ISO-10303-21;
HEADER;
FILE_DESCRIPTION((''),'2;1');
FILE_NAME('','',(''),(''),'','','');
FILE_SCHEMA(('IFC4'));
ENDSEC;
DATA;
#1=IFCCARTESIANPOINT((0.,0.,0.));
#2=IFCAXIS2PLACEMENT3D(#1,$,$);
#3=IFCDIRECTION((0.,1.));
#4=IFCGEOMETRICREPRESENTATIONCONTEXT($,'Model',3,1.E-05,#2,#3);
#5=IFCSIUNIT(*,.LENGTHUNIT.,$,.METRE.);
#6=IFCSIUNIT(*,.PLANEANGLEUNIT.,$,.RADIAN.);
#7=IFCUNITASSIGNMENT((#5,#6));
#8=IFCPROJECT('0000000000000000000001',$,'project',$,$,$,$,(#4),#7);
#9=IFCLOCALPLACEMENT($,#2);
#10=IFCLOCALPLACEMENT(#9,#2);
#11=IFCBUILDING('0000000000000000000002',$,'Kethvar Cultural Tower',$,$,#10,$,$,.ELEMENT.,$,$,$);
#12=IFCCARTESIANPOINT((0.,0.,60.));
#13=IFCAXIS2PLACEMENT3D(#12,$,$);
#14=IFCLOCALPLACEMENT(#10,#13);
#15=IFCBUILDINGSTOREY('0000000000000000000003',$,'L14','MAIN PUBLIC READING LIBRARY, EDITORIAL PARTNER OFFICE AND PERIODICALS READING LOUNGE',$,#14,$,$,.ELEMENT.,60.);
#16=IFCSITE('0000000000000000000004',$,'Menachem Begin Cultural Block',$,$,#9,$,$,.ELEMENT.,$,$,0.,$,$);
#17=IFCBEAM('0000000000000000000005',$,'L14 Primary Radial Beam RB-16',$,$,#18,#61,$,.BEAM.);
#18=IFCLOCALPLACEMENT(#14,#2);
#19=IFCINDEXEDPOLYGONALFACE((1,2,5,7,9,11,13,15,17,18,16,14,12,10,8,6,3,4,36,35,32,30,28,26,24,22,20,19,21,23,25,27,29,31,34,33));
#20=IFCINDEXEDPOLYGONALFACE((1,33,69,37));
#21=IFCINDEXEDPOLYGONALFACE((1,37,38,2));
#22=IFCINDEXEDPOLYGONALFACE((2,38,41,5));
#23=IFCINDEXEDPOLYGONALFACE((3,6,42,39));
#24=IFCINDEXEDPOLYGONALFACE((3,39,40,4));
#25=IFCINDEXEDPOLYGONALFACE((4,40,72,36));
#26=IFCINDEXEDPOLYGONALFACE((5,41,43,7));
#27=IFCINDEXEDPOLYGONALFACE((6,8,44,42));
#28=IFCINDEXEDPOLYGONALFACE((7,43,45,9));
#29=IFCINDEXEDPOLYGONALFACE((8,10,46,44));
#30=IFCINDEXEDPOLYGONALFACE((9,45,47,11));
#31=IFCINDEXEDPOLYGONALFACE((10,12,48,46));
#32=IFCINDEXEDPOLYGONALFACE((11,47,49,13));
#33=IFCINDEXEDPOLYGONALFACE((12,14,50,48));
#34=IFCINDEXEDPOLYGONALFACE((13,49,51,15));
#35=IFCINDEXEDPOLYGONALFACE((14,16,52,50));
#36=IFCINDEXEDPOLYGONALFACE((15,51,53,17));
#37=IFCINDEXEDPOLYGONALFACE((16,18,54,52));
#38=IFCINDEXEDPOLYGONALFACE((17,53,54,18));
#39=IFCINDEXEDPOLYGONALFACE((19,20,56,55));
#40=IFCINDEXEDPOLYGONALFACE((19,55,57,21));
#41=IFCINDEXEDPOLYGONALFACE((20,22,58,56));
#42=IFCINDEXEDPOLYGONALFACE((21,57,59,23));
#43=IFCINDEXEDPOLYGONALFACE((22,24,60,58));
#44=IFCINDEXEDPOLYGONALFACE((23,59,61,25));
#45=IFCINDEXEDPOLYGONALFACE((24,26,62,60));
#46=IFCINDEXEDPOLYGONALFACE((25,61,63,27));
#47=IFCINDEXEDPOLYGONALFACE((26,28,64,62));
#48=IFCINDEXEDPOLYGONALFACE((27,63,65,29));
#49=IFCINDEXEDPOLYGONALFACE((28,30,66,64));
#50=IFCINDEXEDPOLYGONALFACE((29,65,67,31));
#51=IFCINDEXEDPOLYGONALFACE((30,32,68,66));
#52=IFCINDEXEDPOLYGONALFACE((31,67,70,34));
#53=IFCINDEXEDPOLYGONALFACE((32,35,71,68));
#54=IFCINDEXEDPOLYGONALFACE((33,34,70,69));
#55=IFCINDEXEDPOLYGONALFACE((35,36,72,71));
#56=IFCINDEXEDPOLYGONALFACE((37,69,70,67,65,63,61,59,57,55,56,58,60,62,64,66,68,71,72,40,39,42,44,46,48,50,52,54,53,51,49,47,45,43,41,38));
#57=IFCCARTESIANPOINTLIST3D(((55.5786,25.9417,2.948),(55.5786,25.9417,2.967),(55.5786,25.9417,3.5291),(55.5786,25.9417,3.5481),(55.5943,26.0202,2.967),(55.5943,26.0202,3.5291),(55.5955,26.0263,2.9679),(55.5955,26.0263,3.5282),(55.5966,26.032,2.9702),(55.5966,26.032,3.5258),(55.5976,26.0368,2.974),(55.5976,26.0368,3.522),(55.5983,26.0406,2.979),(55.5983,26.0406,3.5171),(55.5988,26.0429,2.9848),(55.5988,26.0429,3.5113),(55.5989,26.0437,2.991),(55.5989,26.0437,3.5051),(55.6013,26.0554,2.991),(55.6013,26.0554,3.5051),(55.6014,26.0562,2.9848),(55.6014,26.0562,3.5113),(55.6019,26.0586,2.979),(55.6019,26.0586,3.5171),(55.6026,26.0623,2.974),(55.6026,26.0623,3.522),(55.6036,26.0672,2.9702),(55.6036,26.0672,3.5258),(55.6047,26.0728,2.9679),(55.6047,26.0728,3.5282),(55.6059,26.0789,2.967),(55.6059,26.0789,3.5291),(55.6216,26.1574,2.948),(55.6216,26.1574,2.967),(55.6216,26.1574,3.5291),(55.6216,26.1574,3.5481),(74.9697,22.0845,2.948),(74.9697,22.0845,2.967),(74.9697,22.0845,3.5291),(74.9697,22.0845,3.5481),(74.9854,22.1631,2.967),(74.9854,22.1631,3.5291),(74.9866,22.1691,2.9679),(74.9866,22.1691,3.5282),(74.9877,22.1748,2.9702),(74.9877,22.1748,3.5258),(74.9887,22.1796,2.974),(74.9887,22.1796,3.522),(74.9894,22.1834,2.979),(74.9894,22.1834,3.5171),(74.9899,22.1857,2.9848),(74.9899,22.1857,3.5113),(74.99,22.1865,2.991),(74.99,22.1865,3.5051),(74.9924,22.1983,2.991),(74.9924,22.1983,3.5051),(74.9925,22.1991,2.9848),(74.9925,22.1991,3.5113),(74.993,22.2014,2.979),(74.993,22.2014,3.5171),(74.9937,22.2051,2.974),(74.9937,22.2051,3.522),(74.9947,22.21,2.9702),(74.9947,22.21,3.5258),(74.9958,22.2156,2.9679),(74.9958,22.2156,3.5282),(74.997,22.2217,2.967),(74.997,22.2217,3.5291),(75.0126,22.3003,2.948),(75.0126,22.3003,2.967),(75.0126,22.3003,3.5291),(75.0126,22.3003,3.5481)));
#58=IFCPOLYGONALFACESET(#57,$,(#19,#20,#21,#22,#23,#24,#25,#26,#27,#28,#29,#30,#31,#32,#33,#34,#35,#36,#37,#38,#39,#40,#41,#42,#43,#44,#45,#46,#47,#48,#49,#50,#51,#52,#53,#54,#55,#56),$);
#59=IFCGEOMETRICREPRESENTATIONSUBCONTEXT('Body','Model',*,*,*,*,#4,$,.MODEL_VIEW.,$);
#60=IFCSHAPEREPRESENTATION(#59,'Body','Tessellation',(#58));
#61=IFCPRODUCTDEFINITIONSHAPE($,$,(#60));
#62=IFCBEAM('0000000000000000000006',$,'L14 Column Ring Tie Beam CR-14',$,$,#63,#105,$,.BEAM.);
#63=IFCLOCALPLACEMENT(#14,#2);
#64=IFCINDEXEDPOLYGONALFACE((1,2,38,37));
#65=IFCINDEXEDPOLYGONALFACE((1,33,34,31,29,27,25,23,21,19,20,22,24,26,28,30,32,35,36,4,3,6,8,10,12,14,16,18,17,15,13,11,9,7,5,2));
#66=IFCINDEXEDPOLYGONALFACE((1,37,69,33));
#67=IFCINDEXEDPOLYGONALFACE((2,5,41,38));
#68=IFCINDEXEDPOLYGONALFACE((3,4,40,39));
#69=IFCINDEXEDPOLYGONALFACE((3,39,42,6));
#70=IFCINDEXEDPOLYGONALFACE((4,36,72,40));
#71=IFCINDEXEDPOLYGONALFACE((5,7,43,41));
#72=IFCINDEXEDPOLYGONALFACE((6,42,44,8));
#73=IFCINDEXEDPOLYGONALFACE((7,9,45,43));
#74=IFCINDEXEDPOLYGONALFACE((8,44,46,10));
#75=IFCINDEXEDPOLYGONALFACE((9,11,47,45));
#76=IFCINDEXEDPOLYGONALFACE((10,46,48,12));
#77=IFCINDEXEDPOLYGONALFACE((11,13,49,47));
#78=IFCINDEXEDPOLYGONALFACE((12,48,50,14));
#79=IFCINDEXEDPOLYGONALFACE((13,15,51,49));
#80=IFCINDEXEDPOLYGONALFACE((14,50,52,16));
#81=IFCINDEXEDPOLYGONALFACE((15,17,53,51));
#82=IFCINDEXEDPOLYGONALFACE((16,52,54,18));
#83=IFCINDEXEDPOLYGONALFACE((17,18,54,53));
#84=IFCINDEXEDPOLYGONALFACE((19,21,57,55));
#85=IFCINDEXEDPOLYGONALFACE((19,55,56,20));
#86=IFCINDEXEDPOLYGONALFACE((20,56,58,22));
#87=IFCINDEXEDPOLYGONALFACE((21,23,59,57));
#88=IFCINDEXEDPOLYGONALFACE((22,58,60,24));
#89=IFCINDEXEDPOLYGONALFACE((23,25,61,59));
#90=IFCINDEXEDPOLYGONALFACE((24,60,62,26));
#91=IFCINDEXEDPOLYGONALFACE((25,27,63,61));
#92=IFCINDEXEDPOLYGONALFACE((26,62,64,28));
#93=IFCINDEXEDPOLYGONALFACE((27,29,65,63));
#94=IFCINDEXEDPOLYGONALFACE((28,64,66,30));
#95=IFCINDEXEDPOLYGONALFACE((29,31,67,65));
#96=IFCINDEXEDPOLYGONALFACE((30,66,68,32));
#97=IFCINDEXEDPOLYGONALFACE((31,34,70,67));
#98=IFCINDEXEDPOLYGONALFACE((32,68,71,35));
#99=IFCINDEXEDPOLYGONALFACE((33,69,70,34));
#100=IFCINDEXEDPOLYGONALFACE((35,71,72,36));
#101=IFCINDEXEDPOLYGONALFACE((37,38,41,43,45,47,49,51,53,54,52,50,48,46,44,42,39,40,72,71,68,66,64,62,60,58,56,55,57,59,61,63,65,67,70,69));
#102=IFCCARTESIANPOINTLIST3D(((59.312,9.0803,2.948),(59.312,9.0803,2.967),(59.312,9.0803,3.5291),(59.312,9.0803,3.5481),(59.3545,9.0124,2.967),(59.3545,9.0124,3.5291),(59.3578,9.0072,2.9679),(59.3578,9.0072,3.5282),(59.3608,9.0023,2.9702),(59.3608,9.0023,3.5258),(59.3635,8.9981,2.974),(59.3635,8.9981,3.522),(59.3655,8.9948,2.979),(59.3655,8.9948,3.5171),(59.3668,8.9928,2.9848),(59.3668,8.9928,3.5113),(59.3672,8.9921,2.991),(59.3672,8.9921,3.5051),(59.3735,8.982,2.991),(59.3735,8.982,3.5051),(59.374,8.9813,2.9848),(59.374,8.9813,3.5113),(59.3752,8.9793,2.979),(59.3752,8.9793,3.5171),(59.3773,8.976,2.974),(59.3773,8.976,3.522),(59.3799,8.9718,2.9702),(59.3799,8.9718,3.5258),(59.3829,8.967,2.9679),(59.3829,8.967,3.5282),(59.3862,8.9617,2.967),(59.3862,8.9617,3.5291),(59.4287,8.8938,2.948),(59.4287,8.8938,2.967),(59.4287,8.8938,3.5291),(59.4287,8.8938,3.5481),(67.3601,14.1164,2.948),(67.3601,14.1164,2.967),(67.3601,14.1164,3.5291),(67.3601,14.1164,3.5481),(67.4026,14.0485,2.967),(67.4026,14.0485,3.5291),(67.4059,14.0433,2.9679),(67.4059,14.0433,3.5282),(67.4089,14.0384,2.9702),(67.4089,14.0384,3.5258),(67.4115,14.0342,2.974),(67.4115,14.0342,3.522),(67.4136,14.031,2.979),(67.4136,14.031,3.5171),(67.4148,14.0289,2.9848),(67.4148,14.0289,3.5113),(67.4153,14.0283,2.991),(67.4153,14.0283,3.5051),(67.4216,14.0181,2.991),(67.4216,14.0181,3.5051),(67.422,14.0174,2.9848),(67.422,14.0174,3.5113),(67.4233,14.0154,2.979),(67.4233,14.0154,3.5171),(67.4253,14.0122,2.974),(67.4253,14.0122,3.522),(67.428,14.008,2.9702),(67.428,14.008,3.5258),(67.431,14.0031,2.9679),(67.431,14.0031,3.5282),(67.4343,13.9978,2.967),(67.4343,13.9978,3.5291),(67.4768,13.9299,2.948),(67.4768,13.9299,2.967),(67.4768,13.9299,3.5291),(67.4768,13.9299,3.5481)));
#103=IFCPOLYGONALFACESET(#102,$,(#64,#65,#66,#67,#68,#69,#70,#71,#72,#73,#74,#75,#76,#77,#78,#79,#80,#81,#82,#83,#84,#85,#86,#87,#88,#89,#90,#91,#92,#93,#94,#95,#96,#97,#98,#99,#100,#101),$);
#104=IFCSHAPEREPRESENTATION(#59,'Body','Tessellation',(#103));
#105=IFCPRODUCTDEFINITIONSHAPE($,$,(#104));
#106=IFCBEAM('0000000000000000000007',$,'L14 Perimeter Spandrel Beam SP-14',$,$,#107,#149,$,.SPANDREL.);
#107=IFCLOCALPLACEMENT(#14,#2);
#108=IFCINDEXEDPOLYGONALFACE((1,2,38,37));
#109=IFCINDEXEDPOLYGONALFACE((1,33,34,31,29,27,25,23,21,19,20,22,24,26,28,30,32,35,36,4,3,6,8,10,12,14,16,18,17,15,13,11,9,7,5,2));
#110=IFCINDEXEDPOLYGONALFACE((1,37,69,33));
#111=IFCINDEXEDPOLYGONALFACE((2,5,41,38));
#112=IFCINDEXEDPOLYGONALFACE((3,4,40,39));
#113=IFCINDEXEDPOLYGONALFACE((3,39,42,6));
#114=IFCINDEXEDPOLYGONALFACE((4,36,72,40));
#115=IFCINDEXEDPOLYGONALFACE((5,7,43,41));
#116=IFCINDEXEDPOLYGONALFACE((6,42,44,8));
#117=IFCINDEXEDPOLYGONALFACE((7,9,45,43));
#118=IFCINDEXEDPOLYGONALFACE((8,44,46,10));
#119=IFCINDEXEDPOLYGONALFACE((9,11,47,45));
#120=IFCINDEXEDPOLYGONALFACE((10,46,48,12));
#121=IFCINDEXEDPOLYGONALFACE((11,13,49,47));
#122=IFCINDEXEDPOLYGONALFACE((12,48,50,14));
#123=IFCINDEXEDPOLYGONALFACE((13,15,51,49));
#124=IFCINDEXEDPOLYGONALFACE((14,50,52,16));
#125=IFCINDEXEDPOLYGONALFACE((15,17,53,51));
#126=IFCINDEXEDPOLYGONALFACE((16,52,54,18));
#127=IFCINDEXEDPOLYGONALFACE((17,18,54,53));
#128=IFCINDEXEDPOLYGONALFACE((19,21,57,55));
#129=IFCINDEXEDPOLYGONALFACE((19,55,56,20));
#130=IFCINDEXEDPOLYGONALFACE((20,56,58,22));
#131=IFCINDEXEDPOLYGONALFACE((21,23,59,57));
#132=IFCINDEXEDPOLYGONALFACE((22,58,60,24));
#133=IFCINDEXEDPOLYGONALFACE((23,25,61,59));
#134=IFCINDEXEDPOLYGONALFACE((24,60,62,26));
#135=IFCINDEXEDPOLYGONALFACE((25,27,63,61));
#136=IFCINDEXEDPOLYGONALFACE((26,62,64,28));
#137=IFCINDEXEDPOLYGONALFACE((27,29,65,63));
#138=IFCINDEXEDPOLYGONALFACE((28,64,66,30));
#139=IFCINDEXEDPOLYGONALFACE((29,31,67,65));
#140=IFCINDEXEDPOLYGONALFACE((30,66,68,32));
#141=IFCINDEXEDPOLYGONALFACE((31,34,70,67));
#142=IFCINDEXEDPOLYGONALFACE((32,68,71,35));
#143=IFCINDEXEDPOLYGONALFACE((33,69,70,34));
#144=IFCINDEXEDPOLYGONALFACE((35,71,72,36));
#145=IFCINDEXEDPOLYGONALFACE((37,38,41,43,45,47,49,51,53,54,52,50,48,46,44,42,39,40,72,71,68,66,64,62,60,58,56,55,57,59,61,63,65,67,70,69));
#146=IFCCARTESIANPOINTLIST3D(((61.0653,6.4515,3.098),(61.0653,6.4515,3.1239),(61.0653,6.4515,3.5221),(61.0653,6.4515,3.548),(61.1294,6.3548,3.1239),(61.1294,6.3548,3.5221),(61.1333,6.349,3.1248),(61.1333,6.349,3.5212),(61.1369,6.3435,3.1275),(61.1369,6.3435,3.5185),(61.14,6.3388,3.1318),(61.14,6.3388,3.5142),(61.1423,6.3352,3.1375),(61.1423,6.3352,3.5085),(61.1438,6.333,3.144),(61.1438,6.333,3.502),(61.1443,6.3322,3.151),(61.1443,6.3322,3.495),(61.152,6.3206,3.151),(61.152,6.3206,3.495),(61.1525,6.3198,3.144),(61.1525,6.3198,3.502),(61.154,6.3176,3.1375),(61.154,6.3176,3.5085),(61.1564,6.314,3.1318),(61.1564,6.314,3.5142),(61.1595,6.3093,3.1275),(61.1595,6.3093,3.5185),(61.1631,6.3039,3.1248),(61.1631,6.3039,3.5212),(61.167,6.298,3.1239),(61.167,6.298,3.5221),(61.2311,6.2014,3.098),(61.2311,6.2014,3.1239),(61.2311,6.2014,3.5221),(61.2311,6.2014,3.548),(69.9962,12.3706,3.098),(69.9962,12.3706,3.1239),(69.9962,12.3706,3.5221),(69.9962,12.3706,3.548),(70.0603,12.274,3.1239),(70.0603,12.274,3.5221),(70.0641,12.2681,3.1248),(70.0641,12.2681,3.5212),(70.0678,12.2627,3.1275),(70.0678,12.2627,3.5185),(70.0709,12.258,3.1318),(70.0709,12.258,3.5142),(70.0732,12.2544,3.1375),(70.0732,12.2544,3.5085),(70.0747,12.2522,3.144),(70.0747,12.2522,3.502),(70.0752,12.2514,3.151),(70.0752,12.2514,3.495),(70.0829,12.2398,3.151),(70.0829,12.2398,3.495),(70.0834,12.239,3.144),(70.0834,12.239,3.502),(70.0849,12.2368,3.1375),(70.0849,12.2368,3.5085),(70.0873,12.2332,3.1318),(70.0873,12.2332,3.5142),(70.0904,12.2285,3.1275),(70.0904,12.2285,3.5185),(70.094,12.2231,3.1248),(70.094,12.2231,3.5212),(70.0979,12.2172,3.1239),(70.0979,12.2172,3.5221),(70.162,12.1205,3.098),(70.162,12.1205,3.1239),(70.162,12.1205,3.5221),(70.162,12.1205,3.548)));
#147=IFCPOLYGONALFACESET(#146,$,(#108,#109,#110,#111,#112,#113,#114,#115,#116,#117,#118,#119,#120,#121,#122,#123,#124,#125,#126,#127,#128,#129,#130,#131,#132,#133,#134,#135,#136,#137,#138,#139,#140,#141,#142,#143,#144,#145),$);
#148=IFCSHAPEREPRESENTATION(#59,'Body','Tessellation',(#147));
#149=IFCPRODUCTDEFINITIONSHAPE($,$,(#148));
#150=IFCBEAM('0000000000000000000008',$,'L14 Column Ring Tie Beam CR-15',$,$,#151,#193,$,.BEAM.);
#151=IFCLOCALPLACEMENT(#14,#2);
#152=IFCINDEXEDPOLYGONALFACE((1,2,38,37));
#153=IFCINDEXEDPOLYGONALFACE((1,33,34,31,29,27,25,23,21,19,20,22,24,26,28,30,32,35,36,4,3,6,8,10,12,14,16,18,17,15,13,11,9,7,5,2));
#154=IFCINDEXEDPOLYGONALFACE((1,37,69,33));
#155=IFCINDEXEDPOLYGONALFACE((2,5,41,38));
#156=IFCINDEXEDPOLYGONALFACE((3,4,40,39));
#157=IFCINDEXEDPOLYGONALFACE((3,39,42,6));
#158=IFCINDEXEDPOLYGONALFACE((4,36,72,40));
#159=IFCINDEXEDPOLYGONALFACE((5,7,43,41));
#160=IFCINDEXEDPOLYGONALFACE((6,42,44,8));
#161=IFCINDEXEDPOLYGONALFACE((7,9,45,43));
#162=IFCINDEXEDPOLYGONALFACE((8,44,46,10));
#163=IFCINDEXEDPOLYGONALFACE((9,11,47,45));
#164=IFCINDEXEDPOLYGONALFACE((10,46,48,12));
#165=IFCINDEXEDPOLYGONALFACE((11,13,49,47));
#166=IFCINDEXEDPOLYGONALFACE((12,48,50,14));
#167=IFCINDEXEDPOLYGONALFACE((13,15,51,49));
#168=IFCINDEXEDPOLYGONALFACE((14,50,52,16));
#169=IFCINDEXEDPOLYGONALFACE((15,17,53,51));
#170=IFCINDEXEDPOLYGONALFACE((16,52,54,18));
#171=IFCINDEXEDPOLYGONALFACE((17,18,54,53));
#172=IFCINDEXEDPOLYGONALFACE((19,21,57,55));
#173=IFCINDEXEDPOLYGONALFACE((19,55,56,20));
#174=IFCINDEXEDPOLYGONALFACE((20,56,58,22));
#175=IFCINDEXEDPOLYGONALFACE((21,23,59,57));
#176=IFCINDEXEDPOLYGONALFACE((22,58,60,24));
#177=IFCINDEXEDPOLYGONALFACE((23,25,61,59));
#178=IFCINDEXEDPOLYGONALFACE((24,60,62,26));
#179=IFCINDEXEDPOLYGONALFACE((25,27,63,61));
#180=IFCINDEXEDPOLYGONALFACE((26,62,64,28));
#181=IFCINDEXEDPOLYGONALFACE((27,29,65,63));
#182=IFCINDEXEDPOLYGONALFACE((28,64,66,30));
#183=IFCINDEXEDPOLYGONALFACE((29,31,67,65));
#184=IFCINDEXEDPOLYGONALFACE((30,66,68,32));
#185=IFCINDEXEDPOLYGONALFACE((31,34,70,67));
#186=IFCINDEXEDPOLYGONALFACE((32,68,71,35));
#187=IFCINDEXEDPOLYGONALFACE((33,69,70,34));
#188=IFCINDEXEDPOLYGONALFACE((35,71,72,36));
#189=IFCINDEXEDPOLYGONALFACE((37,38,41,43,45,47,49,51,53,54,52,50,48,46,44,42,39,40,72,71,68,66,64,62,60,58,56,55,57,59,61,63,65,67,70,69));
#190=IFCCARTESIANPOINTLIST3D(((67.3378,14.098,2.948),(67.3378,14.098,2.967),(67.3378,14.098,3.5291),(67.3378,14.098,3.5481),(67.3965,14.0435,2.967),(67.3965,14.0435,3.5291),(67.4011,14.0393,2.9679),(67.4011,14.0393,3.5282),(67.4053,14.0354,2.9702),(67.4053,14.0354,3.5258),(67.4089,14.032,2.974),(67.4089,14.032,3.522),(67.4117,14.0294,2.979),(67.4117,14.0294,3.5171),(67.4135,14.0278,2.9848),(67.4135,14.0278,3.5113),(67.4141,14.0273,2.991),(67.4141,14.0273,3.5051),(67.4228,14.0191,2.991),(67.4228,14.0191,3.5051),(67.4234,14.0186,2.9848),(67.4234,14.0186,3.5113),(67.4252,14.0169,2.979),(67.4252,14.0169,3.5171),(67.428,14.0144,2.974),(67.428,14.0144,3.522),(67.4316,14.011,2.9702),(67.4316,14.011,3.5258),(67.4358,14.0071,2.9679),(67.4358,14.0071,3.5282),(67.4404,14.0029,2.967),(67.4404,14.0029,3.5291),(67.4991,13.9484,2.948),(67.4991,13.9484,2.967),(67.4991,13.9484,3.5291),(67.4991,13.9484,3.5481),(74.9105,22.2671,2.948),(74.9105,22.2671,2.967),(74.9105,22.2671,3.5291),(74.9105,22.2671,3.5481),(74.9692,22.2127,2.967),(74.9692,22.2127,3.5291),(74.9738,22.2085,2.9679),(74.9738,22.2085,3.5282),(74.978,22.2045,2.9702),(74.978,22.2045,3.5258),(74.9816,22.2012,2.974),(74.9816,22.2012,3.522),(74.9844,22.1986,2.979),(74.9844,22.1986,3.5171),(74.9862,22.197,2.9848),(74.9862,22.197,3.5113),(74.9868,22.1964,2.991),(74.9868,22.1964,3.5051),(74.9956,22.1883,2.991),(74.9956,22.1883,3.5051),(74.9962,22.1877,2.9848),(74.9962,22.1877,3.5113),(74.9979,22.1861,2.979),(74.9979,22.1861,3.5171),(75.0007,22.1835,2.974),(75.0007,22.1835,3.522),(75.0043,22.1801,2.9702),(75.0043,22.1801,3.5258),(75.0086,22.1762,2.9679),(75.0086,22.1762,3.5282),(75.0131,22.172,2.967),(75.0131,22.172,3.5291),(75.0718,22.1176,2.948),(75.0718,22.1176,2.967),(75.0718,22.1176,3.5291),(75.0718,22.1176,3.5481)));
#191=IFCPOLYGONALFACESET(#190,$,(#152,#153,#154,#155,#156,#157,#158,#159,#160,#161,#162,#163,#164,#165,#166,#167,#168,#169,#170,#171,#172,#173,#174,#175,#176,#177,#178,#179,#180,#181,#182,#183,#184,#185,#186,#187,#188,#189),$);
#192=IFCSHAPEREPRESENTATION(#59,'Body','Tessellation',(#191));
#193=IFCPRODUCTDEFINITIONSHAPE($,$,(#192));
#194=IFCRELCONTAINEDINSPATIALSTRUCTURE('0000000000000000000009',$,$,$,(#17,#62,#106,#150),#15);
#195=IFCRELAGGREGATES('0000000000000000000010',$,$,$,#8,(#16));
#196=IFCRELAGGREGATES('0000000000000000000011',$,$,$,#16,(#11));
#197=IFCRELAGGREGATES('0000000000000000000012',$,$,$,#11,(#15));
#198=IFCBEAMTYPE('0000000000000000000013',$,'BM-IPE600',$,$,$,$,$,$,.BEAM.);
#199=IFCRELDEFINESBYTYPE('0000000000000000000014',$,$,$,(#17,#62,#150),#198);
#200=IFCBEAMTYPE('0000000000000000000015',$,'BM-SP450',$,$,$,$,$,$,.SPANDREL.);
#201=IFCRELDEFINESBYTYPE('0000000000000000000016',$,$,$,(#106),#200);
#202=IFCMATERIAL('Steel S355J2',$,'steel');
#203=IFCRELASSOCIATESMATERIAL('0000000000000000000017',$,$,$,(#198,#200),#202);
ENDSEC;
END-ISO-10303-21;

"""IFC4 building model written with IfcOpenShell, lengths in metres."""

from ifc_helpers import new_model, si_unit, direction, frame, origin, origin_2d, place, context, subcontext, project, spatial, i_section, extrude, source, transform, mapped, material, material_profile, profile_set, type_object, element, save


model = new_model("IFC4")

# Units and contexts
model_context = context("Model", 3, precision=1e-05, world=origin(), true_north=direction((0.0, 1.0)))
body_context = subcontext(model_context, "Body", "Model", "MODEL_VIEW")
ifc_project = project(units=[si_unit("LENGTHUNIT", "METRE"), si_unit("PLANEANGLEUNIT", "RADIAN")], contexts=[model_context])

# Site, building, storey
site_placement = place(None, origin())
site = spatial("IfcSite", under=ifc_project, at=site_placement, Name="Menachem Begin Cultural Block", CompositionType="ELEMENT", RefElevation=0.0)
building_placement = place(site_placement, origin())
building = spatial("IfcBuilding", under=site, at=building_placement, Name="Kethvar Cultural Tower", CompositionType="ELEMENT")
storey_placement = place(building_placement, frame((0.0, 0.0, 60.0)))
storey = spatial("IfcBuildingStorey", under=building, at=storey_placement, Name="L14", Description="MAIN PUBLIC READING LIBRARY, EDITORIAL PARTNER OFFICE AND PERIODICALS READING LOUNGE", CompositionType="ELEMENT", Elevation=60.0)

# Beams
ifc_material_1 = material(Name="Steel S355J2", Category="steel")
ifc_material_profile_1 = material_profile(ifc_material_1, i_section(OverallWidth=0.22, OverallDepth=0.6001, WebThickness=0.012, FlangeThickness=0.019, FilletRadius=0.0239, at=origin_2d()), Name="Steel S355J2 — IPE600")
ifc_profile_set_1 = profile_set([ifc_material_profile_1], Name="Steel S355J2 — IPE600")
beam_type_1 = type_object("IfcBeamType", Name="BM-IPE600", PredefinedType="BEAM", material=ifc_profile_set_1)
shared_shape_1 = source(origin(), body_context, "Body", "SweptSolid", [
    extrude(i_section(OverallWidth=0.22, OverallDepth=0.6001, WebThickness=0.012, FlangeThickness=0.019, FilletRadius=0.0239, at=origin_2d()), origin(), (0.0, 0.0, 1.0), 19.771),
])
beam_1_placement = place(storey_placement, frame((55.6001, 26.0496, 3.248), z_axis=(0.980785, -0.195093, 0.0), x_axis=(0.195093, 0.980785, 0.0)))
element("IfcBeam", 1, at=beam_1_placement, inside=storey, type_object=beam_type_1, Name="L14 Primary Radial Beam RB-16", PredefinedType="BEAM", context=body_context, shape_type="MappedRepresentation", body=[
    mapped(shared_shape_1, transform((0.0, 0.0, 0.0), scale=1.0)),
])
shared_shape_2 = source(origin(), body_context, "Body", "SweptSolid", [
    extrude(i_section(OverallWidth=0.22, OverallDepth=0.6001, WebThickness=0.012, FlangeThickness=0.019, FilletRadius=0.0239, at=origin_2d()), origin(), (0.0, 0.0, 1.0), 9.4939),
])
beam_2_placement = place(storey_placement, frame((59.3704, 8.9871, 3.248), z_axis=(0.847711, 0.530459, 0.0), x_axis=(-0.530459, 0.847711, 0.0)))
element("IfcBeam", 2, at=beam_2_placement, inside=storey, type_object=beam_type_1, Name="L14 Column Ring Tie Beam CR-14", PredefinedType="BEAM", context=body_context, shape_type="MappedRepresentation", body=[
    mapped(shared_shape_2, transform((0.0, 0.0, 0.0), scale=1.0)),
])
ifc_material_profile_2 = material_profile(ifc_material_1, i_section(OverallWidth=0.3, OverallDepth=0.45, WebThickness=0.0139, FlangeThickness=0.0259, FilletRadius=0.0271, at=origin_2d()), Name="Steel S355J2 — HEB450")
ifc_profile_set_2 = profile_set([ifc_material_profile_2], Name="Steel S355J2 — HEB450")
beam_type_2 = type_object("IfcBeamType", Name="BM-SP450", PredefinedType="SPANDREL", material=ifc_profile_set_2)
shared_shape_3 = source(origin(), body_context, "Body", "SweptSolid", [
    extrude(i_section(OverallWidth=0.3, OverallDepth=0.45, WebThickness=0.0139, FlangeThickness=0.0259, FilletRadius=0.0271, at=origin_2d()), origin(), (0.0, 0.0, 1.0), 10.7144),
])
beam_3_placement = place(storey_placement, frame((61.1482, 6.3264, 3.323), z_axis=(0.833544, 0.552453, 0.0), x_axis=(-0.552453, 0.833544, 0.0)))
element("IfcBeam", 3, at=beam_3_placement, inside=storey, type_object=beam_type_2, Name="L14 Perimeter Spandrel Beam SP-14", PredefinedType="SPANDREL", context=body_context, shape_type="MappedRepresentation", body=[
    mapped(shared_shape_3, transform((0.0, 0.0, 0.0), scale=1.0)),
])
shared_shape_4 = source(origin(), body_context, "Body", "SweptSolid", [
    extrude(i_section(OverallWidth=0.22, OverallDepth=0.6001, WebThickness=0.012, FlangeThickness=0.019, FilletRadius=0.0239, at=origin_2d()), origin(), (0.0, 0.0, 1.0), 11.1392),
])
beam_4_placement = place(storey_placement, frame((67.4185, 14.0232, 3.248), z_axis=(0.679828, 0.733372, 0.0), x_axis=(-0.733372, 0.679828, 0.0)))
element("IfcBeam", 4, at=beam_4_placement, inside=storey, type_object=beam_type_1, Name="L14 Column Ring Tie Beam CR-15", PredefinedType="BEAM", context=body_context, shape_type="MappedRepresentation", body=[
    mapped(shared_shape_4, transform((0.0, 0.0, 0.0), scale=1.0)),
])

save(model, "model.ifc")
